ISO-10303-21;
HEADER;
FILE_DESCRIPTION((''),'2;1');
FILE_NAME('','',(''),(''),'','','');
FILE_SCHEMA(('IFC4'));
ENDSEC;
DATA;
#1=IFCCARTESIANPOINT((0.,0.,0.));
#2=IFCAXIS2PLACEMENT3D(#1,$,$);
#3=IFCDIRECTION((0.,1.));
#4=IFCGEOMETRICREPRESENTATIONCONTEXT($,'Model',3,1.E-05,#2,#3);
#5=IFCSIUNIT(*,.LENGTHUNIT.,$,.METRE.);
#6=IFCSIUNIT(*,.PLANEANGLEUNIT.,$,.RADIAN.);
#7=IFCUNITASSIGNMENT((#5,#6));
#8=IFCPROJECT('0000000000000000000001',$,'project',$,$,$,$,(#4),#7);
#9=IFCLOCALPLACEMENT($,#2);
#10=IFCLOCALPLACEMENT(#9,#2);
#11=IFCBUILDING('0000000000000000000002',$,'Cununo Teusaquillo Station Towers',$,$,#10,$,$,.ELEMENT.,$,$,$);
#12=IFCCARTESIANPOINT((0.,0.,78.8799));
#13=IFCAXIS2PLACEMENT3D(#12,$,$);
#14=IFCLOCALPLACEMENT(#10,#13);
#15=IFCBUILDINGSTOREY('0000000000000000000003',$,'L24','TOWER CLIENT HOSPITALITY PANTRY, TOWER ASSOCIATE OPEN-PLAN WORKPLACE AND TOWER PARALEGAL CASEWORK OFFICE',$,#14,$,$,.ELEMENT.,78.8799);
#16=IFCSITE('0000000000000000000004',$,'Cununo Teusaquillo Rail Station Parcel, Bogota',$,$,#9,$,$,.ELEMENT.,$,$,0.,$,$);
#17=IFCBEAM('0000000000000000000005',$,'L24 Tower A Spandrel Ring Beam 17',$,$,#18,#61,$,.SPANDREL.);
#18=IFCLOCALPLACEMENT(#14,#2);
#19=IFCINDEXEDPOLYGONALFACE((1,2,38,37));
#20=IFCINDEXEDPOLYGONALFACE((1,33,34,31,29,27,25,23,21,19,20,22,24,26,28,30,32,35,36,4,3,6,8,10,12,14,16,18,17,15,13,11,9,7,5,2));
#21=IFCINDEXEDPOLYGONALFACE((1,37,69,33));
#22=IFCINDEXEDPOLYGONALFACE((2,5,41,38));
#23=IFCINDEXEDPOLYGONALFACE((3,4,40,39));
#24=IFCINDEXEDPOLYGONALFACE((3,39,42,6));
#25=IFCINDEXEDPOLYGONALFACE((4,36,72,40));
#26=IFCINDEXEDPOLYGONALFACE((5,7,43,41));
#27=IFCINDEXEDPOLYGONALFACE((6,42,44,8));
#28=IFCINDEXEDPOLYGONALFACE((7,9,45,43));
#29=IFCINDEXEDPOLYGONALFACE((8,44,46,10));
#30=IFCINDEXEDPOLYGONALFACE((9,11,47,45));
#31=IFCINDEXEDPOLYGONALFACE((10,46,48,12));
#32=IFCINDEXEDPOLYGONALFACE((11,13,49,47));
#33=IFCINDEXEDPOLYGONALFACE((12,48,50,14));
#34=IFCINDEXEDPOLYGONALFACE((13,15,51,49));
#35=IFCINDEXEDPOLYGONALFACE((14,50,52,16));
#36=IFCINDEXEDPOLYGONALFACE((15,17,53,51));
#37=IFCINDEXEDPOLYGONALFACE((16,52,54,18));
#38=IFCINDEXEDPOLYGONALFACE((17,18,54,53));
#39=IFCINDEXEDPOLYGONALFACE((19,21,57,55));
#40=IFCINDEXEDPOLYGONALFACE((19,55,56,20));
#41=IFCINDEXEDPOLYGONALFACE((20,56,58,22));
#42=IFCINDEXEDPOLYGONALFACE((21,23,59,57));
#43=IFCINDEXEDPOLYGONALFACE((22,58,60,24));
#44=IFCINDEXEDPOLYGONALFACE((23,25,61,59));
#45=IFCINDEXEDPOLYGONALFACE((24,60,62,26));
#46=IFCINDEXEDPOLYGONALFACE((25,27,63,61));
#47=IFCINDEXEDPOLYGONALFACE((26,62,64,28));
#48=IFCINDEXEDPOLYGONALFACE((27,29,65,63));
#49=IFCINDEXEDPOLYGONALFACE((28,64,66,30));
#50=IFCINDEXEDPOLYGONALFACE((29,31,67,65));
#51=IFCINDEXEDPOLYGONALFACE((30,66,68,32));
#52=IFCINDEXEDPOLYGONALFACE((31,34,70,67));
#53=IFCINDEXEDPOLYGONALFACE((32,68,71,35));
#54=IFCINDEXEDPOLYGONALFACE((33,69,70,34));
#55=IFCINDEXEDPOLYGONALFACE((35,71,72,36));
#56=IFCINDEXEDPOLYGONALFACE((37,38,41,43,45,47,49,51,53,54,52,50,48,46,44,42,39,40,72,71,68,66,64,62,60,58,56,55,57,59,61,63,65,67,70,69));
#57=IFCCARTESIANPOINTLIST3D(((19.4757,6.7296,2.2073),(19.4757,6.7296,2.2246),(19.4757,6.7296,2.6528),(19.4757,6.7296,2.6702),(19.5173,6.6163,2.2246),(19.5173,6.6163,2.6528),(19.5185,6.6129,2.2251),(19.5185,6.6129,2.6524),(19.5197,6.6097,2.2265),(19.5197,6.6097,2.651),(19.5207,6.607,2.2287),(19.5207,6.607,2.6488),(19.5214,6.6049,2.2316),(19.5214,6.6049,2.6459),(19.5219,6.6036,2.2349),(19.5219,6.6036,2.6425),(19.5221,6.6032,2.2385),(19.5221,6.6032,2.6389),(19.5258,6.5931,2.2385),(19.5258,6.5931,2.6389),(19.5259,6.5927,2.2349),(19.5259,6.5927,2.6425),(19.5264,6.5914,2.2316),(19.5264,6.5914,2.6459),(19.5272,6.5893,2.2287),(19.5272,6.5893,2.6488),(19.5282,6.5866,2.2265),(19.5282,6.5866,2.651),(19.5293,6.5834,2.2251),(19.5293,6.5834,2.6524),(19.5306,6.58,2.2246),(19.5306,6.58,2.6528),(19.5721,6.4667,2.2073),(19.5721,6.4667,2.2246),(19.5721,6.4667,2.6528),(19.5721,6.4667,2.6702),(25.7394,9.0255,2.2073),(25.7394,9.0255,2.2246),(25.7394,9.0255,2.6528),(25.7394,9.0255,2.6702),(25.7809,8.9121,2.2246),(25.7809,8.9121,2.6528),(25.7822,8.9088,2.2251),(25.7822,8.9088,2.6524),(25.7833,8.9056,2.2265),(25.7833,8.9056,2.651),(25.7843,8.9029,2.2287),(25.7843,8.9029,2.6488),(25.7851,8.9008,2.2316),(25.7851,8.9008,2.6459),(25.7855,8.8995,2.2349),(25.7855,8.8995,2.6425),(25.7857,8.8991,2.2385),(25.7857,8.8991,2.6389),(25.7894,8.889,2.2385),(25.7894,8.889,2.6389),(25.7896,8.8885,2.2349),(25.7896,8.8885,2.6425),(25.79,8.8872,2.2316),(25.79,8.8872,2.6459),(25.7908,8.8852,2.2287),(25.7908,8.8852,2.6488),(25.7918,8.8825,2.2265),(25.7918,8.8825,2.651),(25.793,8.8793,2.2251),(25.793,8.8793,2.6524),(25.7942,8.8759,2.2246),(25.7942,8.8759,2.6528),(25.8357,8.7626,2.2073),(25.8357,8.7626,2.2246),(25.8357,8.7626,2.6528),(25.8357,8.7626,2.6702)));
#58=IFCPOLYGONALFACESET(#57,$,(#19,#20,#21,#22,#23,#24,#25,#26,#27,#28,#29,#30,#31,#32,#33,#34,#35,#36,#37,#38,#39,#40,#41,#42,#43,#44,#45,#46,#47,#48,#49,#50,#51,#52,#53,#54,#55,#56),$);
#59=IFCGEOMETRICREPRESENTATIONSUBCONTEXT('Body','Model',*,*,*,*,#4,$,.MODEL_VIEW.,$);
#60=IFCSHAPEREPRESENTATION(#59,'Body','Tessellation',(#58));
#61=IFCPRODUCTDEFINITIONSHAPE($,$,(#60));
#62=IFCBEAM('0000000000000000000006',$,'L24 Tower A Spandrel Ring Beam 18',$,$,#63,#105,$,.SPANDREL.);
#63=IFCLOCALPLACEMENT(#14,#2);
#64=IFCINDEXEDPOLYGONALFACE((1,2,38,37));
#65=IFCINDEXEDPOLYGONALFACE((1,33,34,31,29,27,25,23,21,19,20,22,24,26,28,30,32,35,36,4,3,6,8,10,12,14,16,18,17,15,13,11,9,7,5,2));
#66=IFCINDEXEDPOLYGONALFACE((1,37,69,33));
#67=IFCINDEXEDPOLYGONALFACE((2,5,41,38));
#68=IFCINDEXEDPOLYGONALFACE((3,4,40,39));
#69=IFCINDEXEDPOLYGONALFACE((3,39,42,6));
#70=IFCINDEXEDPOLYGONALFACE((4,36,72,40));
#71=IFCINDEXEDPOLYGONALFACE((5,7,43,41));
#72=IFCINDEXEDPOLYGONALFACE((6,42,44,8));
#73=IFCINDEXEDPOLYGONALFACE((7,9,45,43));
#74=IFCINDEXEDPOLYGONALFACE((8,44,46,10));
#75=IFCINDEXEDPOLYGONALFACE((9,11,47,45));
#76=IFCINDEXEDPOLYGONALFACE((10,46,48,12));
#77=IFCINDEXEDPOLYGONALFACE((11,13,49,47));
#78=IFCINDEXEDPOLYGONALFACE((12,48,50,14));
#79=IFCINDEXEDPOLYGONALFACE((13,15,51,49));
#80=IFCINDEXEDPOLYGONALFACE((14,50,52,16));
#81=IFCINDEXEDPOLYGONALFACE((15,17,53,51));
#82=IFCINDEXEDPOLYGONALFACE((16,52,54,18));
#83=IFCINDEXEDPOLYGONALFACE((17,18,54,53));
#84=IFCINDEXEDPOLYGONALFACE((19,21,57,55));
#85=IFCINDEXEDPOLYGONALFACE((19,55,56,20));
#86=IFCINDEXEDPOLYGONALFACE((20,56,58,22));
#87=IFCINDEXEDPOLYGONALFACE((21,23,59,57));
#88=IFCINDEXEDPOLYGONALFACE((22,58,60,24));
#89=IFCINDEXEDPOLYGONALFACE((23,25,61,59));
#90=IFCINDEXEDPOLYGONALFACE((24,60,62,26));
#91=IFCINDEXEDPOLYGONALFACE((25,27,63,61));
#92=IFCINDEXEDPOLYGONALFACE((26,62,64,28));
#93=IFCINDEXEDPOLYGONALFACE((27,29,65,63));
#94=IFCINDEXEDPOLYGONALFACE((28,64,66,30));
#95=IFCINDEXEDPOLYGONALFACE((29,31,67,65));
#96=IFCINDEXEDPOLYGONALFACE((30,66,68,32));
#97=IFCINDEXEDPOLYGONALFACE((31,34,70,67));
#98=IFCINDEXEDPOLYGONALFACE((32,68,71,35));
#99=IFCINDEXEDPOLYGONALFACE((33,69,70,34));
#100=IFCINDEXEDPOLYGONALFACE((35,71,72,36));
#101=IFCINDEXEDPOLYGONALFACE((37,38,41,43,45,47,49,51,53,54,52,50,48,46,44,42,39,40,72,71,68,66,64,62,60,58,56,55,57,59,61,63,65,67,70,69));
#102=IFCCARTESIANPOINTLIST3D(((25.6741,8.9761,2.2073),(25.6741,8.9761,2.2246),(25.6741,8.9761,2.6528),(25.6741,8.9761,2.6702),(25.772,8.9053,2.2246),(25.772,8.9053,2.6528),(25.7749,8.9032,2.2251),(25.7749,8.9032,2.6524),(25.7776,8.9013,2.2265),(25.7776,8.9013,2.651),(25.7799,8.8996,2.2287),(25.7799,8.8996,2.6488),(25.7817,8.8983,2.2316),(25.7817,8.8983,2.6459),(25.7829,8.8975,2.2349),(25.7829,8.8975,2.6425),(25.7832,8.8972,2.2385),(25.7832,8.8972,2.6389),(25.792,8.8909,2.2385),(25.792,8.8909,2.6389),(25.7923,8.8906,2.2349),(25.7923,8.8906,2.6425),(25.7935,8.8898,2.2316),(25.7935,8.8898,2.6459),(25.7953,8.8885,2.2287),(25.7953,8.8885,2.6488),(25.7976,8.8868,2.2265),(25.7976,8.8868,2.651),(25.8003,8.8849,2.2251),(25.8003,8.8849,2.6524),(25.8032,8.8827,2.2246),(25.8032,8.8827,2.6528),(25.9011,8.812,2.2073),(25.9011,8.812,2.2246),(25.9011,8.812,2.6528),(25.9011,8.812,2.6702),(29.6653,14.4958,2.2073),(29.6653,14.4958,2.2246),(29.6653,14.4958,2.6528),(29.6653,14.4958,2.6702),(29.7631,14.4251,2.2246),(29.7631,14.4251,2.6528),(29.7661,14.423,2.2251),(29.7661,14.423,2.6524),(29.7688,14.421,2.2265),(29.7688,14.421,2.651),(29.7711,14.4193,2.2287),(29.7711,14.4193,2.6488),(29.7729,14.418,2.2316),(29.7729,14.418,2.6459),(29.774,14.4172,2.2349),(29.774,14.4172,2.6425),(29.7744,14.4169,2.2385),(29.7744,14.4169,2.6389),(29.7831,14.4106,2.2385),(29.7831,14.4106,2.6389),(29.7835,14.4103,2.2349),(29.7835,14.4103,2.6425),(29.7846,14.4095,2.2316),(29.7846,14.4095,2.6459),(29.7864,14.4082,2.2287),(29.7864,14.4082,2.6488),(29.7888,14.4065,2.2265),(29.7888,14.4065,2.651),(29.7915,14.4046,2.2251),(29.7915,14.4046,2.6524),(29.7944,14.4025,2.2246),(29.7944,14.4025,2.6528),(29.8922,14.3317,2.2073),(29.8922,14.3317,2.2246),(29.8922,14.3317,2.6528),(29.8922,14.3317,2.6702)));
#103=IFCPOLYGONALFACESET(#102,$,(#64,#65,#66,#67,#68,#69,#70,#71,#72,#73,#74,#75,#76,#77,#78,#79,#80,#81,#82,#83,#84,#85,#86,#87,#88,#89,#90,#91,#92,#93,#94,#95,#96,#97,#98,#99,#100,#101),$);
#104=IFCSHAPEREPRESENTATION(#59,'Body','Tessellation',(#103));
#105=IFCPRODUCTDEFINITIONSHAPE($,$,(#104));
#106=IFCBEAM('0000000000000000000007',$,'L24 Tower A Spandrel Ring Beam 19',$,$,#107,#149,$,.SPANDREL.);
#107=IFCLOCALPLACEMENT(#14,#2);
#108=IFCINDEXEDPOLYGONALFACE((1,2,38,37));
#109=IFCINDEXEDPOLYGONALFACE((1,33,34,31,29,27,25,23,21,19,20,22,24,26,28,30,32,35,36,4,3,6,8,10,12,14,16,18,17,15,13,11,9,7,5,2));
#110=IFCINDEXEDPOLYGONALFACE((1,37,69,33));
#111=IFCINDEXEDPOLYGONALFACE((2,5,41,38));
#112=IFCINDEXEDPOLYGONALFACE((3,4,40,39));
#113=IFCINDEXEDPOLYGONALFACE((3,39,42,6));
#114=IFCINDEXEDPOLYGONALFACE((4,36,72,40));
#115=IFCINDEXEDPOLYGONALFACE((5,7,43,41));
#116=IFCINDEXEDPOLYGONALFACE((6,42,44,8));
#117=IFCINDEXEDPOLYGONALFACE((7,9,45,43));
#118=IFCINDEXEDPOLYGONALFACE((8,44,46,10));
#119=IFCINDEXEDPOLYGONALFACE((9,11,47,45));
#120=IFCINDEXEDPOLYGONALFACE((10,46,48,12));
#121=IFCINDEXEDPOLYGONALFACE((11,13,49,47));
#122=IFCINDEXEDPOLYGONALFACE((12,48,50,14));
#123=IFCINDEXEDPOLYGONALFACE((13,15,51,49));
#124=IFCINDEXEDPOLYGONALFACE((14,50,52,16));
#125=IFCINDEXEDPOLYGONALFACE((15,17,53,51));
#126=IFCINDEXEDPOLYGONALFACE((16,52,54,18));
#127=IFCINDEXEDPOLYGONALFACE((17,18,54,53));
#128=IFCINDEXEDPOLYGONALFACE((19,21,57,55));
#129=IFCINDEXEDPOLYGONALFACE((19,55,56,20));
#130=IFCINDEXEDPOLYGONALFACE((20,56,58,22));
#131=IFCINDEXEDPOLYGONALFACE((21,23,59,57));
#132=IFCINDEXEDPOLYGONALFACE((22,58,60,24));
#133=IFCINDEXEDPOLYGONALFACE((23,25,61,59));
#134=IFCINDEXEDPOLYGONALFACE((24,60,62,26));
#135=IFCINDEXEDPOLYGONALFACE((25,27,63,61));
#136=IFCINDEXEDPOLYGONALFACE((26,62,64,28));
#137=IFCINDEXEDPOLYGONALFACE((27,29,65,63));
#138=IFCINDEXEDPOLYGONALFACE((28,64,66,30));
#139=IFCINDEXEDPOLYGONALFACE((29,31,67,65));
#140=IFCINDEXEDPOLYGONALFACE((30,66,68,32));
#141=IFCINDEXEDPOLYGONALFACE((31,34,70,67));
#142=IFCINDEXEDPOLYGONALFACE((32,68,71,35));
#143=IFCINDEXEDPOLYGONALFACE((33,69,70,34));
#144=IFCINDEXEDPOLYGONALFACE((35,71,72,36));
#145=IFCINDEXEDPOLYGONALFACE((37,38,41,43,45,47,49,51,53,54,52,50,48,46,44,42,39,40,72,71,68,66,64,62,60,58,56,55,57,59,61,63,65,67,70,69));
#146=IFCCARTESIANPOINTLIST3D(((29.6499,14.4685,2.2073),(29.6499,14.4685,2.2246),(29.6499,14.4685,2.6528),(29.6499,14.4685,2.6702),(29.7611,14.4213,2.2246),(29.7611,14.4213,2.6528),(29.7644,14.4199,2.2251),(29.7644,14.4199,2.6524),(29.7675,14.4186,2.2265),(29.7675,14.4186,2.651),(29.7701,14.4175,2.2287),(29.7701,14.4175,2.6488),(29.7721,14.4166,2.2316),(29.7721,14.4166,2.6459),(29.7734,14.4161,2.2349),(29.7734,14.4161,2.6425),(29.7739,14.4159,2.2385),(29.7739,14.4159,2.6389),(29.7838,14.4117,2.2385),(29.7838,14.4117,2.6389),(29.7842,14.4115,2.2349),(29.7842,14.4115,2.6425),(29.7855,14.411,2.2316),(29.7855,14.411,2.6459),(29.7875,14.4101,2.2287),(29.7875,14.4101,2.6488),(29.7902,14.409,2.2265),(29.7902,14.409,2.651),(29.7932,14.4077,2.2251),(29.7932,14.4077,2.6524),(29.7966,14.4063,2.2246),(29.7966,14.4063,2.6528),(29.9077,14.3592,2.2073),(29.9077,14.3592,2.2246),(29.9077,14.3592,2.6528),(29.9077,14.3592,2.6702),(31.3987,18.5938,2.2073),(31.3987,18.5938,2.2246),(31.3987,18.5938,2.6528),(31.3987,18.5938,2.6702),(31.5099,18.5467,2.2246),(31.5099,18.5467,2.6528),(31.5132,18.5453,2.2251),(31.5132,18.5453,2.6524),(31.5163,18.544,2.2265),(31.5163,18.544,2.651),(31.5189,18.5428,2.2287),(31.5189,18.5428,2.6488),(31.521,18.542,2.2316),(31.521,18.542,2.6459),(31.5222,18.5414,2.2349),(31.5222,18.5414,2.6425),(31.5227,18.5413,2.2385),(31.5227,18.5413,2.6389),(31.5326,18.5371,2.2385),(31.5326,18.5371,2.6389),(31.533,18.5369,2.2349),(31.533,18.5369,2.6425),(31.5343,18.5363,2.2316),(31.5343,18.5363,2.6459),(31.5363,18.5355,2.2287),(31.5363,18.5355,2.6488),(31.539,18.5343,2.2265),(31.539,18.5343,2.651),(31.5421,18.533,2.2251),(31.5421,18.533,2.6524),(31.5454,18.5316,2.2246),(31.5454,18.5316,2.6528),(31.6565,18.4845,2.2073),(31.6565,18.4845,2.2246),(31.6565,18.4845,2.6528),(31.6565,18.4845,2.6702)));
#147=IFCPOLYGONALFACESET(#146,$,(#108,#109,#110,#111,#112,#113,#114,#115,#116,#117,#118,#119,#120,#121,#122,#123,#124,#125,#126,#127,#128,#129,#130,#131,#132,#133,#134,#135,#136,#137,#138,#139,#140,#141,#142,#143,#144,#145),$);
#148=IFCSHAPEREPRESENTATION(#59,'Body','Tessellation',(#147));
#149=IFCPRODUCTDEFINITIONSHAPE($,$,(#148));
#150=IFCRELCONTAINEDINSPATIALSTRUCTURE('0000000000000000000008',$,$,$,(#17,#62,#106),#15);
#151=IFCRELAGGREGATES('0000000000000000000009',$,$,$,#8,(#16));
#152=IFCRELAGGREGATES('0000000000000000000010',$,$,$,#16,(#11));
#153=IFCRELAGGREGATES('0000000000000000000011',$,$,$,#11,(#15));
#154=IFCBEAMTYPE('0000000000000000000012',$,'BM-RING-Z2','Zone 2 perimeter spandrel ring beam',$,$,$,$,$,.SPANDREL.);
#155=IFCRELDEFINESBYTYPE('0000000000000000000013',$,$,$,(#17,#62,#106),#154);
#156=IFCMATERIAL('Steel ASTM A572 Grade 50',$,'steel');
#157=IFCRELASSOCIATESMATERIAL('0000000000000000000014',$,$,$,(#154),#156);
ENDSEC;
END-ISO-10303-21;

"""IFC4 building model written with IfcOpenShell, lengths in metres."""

from ifc_helpers import new_model, si_unit, direction, frame, origin, origin_2d, place, context, subcontext, project, spatial, i_section, extrude, material, material_profile, profile_set, type_object, element, save


model = new_model("IFC4")

# Units and contexts
model_context = context("Model", 3, precision=1e-05, world=origin(), true_north=direction((0.0, 1.0)))
body_context = subcontext(model_context, "Body", "Model", "MODEL_VIEW")
ifc_project = project(units=[si_unit("LENGTHUNIT", "METRE"), si_unit("PLANEANGLEUNIT", "RADIAN")], contexts=[model_context])

# Site, building, storey
site_placement = place(None, origin())
site = spatial("IfcSite", under=ifc_project, at=site_placement, Name="Cununo Teusaquillo Rail Station Parcel, Bogota", CompositionType="ELEMENT", RefElevation=0.0)
building_placement = place(site_placement, origin())
building = spatial("IfcBuilding", under=site, at=building_placement, Name="Cununo Teusaquillo Station Towers", CompositionType="ELEMENT")
storey_placement = place(building_placement, frame((0.0, 0.0, 78.8799)))
storey = spatial("IfcBuildingStorey", under=building, at=storey_placement, Name="L24", Description="TOWER CLIENT HOSPITALITY PANTRY, TOWER ASSOCIATE OPEN-PLAN WORKPLACE AND TOWER PARALEGAL CASEWORK OFFICE", CompositionType="ELEMENT", Elevation=78.8799)

# Beams
ifc_material_1 = material(Name="Steel ASTM A572 Grade 50", Category="steel")
ifc_material_profile_1 = material_profile(ifc_material_1, i_section(OverallWidth=0.28, OverallDepth=0.4629, WebThickness=0.0107, FlangeThickness=0.0173, FilletRadius=0.0139, at=origin_2d()), Name="W18X76")
ifc_profile_set_1 = profile_set([ifc_material_profile_1], Name="Steel ASTM A572 Grade 50")
beam_type_1 = type_object("IfcBeamType", Name="BM-RING-Z2", Description="Zone 2 perimeter spandrel ring beam", PredefinedType="SPANDREL", material=ifc_profile_set_1)
beam_1_placement = place(storey_placement, frame((19.5239, 6.5981, 2.4387), z_axis=(0.938914, 0.344151, 0.0), x_axis=(-0.344151, 0.938914, 0.0)))
element("IfcBeam", 1, at=beam_1_placement, inside=storey, type_object=beam_type_1, Name="L24 Tower A Spandrel Ring Beam 17", PredefinedType="SPANDREL", context=body_context, shape_type="SweptSolid", body=[
    extrude(i_section(OverallWidth=0.28, OverallDepth=0.4629, WebThickness=0.0107, FlangeThickness=0.0173, FilletRadius=0.0139, at=origin_2d()), origin(), (0.0, 0.0, 1.0), 6.6711),
])
beam_2_placement = place(storey_placement, frame((25.7876, 8.894, 2.4387), z_axis=(0.585945, 0.810351, 0.0), x_axis=(-0.810351, 0.585945, 0.0)))
element("IfcBeam", 2, at=beam_2_placement, inside=storey, type_object=beam_type_1, Name="L24 Tower A Spandrel Ring Beam 18", PredefinedType="SPANDREL", context=body_context, shape_type="SweptSolid", body=[
    extrude(i_section(OverallWidth=0.28, OverallDepth=0.4629, WebThickness=0.0107, FlangeThickness=0.0173, FilletRadius=0.0139, at=origin_2d()), origin(), (0.0, 0.0, 1.0), 6.8115),
])
beam_3_placement = place(storey_placement, frame((29.7788, 14.4138, 2.4387), z_axis=(0.390299, 0.920688, 0.0), x_axis=(-0.920688, 0.390299, 0.0)))
element("IfcBeam", 3, at=beam_3_placement, inside=storey, type_object=beam_type_1, Name="L24 Tower A Spandrel Ring Beam 19", PredefinedType="SPANDREL", context=body_context, shape_type="SweptSolid", body=[
    extrude(i_section(OverallWidth=0.28, OverallDepth=0.4629, WebThickness=0.0107, FlangeThickness=0.0173, FilletRadius=0.0139, at=origin_2d()), origin(), (0.0, 0.0, 1.0), 4.4807),
])

save(model, "model.ifc")
